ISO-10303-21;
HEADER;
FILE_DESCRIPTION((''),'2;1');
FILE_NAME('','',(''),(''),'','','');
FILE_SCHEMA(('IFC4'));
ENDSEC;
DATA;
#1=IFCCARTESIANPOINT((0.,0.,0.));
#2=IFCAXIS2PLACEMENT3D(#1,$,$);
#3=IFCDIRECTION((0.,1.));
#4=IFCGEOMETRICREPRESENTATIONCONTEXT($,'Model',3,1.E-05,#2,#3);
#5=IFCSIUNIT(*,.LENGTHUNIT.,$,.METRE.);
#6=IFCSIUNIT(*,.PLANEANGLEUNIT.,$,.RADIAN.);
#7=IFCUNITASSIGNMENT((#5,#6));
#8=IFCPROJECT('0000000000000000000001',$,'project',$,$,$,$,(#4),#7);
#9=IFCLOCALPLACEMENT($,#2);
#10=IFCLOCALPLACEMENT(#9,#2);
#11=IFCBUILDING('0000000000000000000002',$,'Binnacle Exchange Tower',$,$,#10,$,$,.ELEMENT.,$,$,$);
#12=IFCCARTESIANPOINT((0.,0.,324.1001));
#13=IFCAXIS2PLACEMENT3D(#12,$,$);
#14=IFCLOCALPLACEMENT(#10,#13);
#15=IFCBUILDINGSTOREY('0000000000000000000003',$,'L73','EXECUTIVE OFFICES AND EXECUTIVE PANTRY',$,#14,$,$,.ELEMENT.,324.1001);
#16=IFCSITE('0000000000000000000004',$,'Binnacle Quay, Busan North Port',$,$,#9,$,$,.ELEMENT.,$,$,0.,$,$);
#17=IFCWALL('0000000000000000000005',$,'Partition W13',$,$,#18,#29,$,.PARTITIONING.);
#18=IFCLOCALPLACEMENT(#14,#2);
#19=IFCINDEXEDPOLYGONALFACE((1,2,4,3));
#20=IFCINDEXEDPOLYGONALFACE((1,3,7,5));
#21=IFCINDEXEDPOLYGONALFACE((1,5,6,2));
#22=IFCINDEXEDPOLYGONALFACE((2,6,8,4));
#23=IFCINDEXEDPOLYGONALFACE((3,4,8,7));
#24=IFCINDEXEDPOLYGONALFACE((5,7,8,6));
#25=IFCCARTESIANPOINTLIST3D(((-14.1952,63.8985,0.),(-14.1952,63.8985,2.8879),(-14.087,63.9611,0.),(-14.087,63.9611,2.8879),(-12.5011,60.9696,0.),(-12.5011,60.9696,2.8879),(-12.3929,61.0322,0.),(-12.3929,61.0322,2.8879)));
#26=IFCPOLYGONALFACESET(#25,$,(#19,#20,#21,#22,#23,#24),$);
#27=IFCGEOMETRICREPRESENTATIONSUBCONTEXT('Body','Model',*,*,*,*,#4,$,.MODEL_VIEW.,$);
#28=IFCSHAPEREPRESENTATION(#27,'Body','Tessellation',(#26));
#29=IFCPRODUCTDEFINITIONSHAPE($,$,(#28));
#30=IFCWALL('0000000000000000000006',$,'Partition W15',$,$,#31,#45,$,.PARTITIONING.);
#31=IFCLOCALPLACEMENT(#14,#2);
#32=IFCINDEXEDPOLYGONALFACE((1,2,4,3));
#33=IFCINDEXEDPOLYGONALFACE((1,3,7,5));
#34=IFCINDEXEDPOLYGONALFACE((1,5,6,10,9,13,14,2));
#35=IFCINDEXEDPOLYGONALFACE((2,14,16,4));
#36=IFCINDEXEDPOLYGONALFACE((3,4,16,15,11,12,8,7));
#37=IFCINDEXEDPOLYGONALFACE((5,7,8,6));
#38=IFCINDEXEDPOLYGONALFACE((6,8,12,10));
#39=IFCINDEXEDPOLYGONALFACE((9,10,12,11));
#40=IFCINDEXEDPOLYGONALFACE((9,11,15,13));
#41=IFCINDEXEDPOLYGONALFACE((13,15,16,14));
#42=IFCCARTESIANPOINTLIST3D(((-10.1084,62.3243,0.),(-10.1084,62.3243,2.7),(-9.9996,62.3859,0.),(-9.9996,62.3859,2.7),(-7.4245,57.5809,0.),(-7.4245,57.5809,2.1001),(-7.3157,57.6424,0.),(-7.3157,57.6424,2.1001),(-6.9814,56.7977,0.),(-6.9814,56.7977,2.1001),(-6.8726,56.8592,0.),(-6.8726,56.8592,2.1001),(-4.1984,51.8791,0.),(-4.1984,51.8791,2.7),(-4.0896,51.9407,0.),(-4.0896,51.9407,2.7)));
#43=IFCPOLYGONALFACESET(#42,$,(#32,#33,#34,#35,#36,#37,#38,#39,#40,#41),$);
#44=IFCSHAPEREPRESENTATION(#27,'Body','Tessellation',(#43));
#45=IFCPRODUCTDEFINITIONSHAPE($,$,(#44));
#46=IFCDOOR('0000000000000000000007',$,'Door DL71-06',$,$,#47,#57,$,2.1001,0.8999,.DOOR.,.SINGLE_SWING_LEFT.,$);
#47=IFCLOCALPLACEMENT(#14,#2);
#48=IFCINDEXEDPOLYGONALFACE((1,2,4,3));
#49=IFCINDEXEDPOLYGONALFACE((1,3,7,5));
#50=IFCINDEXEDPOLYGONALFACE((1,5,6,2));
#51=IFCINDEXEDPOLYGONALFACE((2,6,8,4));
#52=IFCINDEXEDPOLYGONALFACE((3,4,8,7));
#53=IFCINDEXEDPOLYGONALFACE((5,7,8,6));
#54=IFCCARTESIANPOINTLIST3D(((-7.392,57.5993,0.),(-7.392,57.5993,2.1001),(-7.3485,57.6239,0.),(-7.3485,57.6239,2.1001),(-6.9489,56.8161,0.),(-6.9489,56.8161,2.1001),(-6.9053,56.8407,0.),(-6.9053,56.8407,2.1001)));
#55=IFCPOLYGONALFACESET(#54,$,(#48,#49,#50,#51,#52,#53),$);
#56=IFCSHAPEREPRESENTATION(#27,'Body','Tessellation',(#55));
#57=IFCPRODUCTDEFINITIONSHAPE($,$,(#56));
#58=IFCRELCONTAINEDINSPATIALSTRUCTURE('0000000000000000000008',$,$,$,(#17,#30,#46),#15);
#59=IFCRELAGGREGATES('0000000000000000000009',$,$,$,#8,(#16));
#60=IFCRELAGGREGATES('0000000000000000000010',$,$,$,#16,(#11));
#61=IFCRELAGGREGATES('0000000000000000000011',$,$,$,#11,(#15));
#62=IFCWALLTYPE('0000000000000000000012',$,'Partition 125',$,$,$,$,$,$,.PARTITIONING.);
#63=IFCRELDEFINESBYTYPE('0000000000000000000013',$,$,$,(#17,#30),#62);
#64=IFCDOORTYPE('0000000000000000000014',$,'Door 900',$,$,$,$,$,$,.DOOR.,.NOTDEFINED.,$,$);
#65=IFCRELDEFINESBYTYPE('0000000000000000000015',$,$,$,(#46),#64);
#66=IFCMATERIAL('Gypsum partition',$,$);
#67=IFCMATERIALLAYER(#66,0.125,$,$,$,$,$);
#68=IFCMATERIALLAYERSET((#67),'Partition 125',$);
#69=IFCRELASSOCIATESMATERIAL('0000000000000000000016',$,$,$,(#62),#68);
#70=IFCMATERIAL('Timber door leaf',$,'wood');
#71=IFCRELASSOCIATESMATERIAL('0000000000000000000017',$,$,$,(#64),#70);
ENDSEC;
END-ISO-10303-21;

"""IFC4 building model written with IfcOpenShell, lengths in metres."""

from ifc_helpers import new_model, si_unit, direction, frame, frame_2d, origin, place, context, subcontext, project, spatial, rectangle, extrude, material, layer, layer_set, type_object, element, fill, save


model = new_model("IFC4")

# Units and contexts
model_context = context("Model", 3, precision=1e-05, world=origin(), true_north=direction((0.0, 1.0)))
body_context = subcontext(model_context, "Body", "Model", "MODEL_VIEW")
ifc_project = project(units=[si_unit("LENGTHUNIT", "METRE"), si_unit("PLANEANGLEUNIT", "RADIAN")], contexts=[model_context])

# Site, building, storey
site_placement = place(None, origin())
site = spatial("IfcSite", under=ifc_project, at=site_placement, Name="Binnacle Quay, Busan North Port", CompositionType="ELEMENT", RefElevation=0.0)
building_placement = place(site_placement, origin())
building = spatial("IfcBuilding", under=site, at=building_placement, Name="Binnacle Exchange Tower", CompositionType="ELEMENT")
storey_placement = place(building_placement, frame((0.0, 0.0, 324.1001)))
storey = spatial("IfcBuildingStorey", under=building, at=storey_placement, Name="L73", Description="EXECUTIVE OFFICES AND EXECUTIVE PANTRY", CompositionType="ELEMENT", Elevation=324.1001)

# Wall
ifc_material_1 = material(Name="Gypsum partition")
ifc_layer_1 = layer(ifc_material_1, 0.125)
ifc_layer_set_1 = layer_set([ifc_layer_1], Name="Partition 125")
wall_type = type_object("IfcWallType", Name="Partition 125", PredefinedType="PARTITIONING", material=ifc_layer_set_1)
wall_1_placement = place(storey_placement, frame((-14.1411, 63.9299, 0.0), z_axis=(0.0, 0.0, 1.0), x_axis=(0.500678, -0.865634, 0.0)))
element("IfcWall", 1, at=wall_1_placement, inside=storey, type_object=wall_type, Name="Partition W13", PredefinedType="PARTITIONING", context=body_context, shape_type="SweptSolid", body=[
    extrude(rectangle(XDim=3.3835, YDim=0.125, at=frame_2d((1.6919, 0.0))), origin(), (0.0, 0.0, 1.0), 2.8879),
])

# Wall, opening, door
wall_2_placement = place(storey_placement, frame((-10.054, 62.355, 0.0), z_axis=(0.0, 0.0, 1.0), x_axis=(0.492447, -0.870342, 0.0)))
wall_2 = element("IfcWall", 2, at=wall_2_placement, inside=storey, type_object=wall_type, Name="Partition W15", PredefinedType="PARTITIONING", context=body_context, shape_type="SweptSolid", body=[
    extrude(rectangle(XDim=12.0012, YDim=0.125, at=frame_2d((6.0005, 0.0))), origin(), (0.0, 0.0, 1.0), 2.7),
])
opening_placement = place(wall_2_placement, frame((5.45, 0.0, 0.0)))
opening = element("IfcOpeningElement", 3, at=opening_placement, cuts=wall_2, PredefinedType="OPENING", context=body_context, shape_type="SweptSolid", body=[
    extrude(rectangle(XDim=0.8999, YDim=2.1001, at=frame_2d((0.45, 1.05))), frame((0.0, 0.0725, 0.0), z_axis=(0.0, -1.0, 0.0), x_axis=(1.0, 0.0, 0.0)), (0.0, 0.0, 1.0), 0.145),
])
ifc_material_2 = material(Name="Timber door leaf", Category="wood")
door_type = type_object("IfcDoorType", Name="Door 900", OperationType="NOTDEFINED", PredefinedType="DOOR", material=ifc_material_2)
door_placement = place(opening_placement, origin())
door = element("IfcDoor", 4, at=door_placement, inside=storey, type_object=door_type, Name="Door DL71-06", OperationType="SINGLE_SWING_LEFT", OverallHeight=2.1001, OverallWidth=0.8999, PredefinedType="DOOR", context=body_context, shape_type="SweptSolid", body=[
    extrude(rectangle(XDim=0.8999, YDim=2.1001, at=frame_2d((0.45, 1.05))), frame((0.0, 0.0249, 0.0), z_axis=(0.0, -1.0, 0.0), x_axis=(1.0, 0.0, 0.0)), (0.0, 0.0, 1.0), 0.05),
])
fill(opening, door)

save(model, "model.ifc")
